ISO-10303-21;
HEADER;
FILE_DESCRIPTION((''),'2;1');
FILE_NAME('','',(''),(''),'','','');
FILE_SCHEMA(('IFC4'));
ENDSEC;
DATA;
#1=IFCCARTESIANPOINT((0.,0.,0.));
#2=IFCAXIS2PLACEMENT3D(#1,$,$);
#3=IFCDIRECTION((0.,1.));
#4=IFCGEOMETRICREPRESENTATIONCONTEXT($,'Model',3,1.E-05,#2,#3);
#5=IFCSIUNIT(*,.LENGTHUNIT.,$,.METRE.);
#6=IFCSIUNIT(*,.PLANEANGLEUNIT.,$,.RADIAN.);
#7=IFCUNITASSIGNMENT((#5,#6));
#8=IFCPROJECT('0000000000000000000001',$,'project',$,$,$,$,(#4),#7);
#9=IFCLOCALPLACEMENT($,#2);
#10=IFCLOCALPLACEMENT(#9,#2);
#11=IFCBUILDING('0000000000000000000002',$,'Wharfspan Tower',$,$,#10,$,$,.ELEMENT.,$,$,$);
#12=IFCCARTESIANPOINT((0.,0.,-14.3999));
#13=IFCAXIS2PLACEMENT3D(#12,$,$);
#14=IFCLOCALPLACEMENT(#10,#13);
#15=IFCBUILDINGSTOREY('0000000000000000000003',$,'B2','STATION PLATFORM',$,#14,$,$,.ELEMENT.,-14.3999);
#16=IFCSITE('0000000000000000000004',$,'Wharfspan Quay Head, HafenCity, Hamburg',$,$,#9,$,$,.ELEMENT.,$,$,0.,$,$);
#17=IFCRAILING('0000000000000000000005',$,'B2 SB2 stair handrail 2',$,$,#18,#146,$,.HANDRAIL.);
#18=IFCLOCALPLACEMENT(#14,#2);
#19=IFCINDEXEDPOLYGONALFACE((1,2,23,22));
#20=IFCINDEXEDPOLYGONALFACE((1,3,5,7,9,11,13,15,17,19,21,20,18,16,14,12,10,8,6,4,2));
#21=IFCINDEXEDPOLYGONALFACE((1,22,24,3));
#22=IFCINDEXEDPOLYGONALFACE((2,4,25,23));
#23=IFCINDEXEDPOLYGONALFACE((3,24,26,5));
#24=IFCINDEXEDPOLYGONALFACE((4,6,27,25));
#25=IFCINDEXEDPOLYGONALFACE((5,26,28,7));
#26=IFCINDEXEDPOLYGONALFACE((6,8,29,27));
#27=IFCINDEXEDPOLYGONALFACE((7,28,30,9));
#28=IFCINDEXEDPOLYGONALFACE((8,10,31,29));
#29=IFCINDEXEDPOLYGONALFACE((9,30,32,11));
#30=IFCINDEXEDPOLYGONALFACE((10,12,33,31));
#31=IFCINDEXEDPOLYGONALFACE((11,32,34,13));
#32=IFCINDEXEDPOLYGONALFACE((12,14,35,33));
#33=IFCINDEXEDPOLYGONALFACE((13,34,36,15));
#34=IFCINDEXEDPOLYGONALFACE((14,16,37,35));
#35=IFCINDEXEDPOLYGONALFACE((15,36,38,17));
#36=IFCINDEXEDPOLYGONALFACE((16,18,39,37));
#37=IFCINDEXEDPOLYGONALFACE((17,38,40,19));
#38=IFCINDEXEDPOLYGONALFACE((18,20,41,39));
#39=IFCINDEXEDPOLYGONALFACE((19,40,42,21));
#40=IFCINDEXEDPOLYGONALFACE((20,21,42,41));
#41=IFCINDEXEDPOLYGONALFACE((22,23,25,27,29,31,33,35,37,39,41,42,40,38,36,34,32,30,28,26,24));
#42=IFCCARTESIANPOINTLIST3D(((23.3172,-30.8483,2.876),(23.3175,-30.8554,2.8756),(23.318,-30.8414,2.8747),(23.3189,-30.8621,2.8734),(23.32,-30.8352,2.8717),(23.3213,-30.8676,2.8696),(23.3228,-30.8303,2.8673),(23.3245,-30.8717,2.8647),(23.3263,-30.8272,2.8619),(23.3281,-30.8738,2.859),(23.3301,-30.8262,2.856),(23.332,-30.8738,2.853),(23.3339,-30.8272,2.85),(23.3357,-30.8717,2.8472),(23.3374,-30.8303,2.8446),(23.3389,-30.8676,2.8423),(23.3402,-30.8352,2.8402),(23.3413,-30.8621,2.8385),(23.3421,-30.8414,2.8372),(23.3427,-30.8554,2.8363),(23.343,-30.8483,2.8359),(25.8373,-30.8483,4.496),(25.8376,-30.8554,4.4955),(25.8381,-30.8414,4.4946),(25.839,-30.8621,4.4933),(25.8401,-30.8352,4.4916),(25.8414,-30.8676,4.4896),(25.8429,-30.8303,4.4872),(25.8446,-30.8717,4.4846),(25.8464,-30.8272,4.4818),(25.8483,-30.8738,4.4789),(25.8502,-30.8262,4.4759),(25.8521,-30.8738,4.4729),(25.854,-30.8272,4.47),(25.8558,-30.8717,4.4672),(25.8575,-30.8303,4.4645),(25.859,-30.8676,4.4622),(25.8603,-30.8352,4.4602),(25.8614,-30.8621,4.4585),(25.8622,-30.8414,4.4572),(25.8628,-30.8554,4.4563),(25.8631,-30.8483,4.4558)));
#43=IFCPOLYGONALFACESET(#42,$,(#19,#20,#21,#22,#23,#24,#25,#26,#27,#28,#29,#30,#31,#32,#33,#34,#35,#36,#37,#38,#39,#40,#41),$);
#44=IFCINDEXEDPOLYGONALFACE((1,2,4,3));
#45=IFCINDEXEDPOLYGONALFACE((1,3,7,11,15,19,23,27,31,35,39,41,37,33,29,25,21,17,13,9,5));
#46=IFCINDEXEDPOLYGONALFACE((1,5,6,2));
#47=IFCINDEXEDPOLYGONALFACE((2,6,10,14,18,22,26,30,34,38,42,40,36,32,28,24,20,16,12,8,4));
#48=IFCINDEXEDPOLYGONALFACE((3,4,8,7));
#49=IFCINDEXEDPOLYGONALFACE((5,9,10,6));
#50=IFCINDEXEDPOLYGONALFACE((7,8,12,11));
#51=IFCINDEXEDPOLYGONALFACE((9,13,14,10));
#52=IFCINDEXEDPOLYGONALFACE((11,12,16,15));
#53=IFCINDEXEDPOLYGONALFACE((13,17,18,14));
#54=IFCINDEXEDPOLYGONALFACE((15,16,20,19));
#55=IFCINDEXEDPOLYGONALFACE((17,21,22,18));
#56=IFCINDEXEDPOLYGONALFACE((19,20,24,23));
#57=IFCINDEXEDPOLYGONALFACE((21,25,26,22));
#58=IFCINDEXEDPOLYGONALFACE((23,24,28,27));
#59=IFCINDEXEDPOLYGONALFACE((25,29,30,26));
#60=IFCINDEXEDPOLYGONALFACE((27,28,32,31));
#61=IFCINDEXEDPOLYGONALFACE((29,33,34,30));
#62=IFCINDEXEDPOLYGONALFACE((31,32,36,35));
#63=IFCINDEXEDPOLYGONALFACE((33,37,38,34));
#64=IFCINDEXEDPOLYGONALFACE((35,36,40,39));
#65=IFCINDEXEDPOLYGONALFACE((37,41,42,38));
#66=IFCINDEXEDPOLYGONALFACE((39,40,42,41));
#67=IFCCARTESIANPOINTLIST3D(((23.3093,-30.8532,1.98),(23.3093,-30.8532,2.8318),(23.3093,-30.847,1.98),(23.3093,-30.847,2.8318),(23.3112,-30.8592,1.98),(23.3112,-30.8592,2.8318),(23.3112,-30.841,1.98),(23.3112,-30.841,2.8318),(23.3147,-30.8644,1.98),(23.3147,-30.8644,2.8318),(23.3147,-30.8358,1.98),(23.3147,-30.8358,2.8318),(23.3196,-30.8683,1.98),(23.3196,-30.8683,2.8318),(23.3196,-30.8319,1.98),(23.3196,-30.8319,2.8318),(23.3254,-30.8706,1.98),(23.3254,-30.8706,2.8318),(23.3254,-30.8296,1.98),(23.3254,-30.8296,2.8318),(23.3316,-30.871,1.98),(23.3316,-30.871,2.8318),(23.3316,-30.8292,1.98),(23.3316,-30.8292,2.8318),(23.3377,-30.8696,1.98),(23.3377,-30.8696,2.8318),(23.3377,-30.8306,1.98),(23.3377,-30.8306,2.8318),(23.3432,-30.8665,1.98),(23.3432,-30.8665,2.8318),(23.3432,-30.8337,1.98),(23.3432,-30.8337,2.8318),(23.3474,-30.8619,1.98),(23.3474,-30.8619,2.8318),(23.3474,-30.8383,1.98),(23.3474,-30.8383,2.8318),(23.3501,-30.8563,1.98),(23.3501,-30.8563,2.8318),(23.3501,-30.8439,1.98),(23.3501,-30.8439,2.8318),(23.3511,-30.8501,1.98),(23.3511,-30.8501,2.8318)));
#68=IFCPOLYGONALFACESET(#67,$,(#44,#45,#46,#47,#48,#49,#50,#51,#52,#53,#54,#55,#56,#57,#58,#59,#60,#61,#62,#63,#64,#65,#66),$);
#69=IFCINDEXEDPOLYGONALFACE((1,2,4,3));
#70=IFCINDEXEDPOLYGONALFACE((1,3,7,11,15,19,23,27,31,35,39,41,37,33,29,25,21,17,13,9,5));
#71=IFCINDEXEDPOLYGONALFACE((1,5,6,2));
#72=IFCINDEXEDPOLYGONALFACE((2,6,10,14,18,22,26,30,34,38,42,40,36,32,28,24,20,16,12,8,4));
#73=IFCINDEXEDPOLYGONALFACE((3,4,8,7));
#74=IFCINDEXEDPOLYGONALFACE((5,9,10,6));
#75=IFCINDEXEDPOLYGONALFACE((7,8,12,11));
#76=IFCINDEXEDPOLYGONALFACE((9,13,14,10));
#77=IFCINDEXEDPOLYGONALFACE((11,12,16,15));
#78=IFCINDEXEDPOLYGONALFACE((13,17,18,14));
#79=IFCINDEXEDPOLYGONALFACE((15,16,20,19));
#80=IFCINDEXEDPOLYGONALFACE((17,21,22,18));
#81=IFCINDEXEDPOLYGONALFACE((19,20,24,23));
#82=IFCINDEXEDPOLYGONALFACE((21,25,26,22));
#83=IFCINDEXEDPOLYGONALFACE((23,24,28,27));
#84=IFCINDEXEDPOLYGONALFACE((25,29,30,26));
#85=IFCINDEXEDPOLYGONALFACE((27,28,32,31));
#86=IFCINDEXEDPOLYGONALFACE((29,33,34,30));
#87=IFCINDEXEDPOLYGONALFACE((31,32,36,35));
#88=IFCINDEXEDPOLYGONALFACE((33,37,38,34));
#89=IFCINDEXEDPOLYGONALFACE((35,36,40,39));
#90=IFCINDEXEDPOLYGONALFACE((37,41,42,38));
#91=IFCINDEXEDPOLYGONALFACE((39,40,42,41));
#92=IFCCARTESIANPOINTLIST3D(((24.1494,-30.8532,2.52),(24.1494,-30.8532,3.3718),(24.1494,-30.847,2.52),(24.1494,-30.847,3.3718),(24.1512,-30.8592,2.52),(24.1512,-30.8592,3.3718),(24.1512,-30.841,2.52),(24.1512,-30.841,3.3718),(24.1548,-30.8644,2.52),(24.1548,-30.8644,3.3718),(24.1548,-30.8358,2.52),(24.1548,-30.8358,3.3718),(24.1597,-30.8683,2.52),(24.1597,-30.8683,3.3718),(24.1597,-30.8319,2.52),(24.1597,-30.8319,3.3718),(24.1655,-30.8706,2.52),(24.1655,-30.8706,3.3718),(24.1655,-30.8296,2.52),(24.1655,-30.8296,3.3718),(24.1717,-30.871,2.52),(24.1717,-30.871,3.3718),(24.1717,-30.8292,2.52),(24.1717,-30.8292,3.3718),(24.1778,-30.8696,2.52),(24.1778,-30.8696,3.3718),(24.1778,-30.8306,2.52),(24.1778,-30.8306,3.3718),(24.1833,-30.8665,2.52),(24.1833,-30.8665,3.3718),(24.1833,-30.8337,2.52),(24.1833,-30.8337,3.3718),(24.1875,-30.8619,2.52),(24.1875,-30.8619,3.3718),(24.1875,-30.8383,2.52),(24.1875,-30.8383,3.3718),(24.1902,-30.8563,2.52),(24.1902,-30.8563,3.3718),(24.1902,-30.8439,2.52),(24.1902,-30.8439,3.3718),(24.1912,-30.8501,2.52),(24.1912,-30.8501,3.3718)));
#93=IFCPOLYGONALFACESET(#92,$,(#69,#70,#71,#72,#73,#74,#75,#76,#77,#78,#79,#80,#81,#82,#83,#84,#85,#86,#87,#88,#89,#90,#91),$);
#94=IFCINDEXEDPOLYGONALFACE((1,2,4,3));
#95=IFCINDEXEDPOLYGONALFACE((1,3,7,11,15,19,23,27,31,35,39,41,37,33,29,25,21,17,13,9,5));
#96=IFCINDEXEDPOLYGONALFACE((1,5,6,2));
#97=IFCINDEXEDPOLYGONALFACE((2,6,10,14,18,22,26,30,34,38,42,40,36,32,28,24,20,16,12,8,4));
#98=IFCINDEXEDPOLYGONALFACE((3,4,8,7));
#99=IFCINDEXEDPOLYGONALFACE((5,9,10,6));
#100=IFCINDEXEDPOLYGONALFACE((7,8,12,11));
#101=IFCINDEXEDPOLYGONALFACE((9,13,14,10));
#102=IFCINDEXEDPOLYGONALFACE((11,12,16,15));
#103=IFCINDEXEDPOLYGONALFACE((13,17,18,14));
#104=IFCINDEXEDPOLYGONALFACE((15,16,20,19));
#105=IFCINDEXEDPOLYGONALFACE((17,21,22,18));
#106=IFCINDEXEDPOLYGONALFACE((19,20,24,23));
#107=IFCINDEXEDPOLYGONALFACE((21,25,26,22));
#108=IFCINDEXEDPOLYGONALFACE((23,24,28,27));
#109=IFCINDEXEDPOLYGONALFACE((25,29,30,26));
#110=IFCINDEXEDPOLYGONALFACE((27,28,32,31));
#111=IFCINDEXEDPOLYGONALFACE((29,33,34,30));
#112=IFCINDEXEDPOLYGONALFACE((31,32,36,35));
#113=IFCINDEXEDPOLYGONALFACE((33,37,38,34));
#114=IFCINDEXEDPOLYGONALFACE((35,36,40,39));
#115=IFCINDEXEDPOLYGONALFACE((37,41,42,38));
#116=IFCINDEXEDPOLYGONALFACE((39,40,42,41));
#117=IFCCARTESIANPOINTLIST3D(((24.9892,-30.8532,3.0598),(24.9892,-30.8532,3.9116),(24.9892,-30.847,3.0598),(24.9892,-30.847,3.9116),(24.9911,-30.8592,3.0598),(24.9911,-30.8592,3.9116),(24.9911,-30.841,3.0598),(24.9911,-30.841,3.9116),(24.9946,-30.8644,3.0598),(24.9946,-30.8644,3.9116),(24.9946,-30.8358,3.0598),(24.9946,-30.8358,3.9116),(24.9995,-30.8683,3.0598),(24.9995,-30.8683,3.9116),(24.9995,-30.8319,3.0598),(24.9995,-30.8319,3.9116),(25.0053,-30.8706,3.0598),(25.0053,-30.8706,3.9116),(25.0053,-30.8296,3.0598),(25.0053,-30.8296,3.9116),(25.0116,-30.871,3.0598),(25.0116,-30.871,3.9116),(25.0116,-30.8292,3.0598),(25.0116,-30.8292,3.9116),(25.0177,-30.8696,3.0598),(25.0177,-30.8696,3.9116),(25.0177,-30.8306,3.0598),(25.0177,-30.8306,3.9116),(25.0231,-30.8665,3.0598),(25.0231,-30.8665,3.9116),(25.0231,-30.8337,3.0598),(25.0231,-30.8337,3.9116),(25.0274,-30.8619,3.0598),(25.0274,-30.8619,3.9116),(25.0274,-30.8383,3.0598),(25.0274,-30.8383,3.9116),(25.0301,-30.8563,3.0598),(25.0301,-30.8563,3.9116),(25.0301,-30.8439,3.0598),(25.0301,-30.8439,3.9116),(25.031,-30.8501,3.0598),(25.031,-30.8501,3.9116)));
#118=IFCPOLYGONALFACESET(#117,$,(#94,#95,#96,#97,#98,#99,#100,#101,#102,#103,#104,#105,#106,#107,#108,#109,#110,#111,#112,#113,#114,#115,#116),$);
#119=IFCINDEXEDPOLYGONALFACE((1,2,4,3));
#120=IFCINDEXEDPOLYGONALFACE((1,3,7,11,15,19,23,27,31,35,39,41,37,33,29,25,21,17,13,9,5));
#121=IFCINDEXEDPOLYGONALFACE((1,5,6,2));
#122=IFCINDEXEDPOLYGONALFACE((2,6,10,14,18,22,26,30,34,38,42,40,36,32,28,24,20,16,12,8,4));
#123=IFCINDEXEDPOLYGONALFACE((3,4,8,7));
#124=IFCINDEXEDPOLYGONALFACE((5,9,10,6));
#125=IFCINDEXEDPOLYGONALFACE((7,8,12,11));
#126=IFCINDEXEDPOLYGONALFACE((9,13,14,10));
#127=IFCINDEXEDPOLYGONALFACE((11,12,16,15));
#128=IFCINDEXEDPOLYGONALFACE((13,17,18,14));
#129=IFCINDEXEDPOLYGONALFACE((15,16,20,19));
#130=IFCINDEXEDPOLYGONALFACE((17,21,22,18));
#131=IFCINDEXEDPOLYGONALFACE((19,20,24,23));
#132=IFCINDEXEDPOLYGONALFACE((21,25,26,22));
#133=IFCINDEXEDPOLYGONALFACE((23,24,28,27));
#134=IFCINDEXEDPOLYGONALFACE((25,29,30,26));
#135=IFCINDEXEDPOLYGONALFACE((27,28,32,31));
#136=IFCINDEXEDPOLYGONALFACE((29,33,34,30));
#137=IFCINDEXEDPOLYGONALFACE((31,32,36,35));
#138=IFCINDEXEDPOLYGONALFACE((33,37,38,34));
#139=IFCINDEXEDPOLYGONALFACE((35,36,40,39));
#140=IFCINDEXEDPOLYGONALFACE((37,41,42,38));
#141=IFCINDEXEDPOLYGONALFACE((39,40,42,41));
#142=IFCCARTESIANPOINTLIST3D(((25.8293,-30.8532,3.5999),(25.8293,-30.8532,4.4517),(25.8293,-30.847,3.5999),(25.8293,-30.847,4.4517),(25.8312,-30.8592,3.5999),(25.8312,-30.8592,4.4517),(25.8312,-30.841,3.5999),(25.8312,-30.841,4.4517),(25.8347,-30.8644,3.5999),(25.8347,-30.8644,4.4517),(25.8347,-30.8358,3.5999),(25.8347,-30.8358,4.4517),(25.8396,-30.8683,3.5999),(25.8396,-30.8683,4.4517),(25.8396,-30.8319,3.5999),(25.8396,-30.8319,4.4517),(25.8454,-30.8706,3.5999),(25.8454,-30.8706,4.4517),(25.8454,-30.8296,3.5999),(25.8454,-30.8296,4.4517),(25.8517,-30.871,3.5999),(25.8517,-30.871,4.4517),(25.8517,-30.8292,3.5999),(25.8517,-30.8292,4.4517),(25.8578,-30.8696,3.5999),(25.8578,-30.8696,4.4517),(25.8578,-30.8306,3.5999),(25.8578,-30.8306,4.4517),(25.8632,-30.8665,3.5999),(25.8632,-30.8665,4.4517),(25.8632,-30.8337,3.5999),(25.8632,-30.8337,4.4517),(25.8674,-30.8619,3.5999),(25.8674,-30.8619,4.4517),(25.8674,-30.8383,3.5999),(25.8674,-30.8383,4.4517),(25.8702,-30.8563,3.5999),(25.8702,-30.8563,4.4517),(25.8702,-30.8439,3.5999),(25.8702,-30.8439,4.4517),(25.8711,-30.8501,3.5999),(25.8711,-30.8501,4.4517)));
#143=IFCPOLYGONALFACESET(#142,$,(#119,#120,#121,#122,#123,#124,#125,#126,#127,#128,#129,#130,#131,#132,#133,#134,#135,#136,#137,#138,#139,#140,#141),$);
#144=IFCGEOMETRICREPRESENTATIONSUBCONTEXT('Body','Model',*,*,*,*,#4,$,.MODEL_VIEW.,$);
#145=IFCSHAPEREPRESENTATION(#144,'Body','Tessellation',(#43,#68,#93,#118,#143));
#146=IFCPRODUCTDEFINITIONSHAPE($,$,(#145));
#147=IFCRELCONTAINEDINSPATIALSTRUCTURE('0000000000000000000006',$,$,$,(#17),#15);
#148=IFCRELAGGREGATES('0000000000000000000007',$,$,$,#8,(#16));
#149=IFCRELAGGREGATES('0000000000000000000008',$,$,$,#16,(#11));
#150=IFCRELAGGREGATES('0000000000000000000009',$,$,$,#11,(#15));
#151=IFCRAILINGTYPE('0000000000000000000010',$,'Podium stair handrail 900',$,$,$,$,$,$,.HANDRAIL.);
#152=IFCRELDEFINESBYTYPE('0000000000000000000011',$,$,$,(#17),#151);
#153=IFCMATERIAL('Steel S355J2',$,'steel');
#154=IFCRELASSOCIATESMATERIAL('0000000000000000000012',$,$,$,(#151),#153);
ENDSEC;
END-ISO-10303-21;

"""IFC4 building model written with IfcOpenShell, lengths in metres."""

from ifc_helpers import new_model, si_unit, direction, frame, origin, origin_2d, place, context, subcontext, project, spatial, circle, extrude, material, type_object, element, save


model = new_model("IFC4")

# Units and contexts
model_context = context("Model", 3, precision=1e-05, world=origin(), true_north=direction((0.0, 1.0)))
body_context = subcontext(model_context, "Body", "Model", "MODEL_VIEW")
ifc_project = project(units=[si_unit("LENGTHUNIT", "METRE"), si_unit("PLANEANGLEUNIT", "RADIAN")], contexts=[model_context])

# Site, building, storey
site_placement = place(None, origin())
site = spatial("IfcSite", under=ifc_project, at=site_placement, Name="Wharfspan Quay Head, HafenCity, Hamburg", CompositionType="ELEMENT", RefElevation=0.0)
building_placement = place(site_placement, origin())
building = spatial("IfcBuilding", under=site, at=building_placement, Name="Wharfspan Tower", CompositionType="ELEMENT")
storey_placement = place(building_placement, frame((0.0, 0.0, -14.3999)))
storey = spatial("IfcBuildingStorey", under=building, at=storey_placement, Name="B2", Description="STATION PLATFORM", CompositionType="ELEMENT", Elevation=-14.3999)

# Railing
ifc_material_1 = material(Name="Steel S355J2", Category="steel")
railing_type_1 = type_object("IfcRailingType", Name="Podium stair handrail 900", PredefinedType="HANDRAIL", material=ifc_material_1)
railing_1_placement = place(storey_placement, frame((23.3301, -30.8501, 1.98)))
element("IfcRailing", 1, at=railing_1_placement, inside=storey, type_object=railing_type_1, Name="B2 SB2 stair handrail 2", PredefinedType="HANDRAIL", context=body_context, shape_type="SweptSolid", body=[
    extrude(circle(Radius=0.0239, at=origin_2d()), frame((0.0, 0.0, 0.876), z_axis=(0.8412, 0.0, 0.540725), x_axis=(0.0, 1.0, 0.0)), (0.0, 0.0, 1.0), 2.9958),
    extrude(circle(Radius=0.021, at=origin_2d()), origin(), (0.0, 0.0, 1.0), 0.8518),
    extrude(circle(Radius=0.021, at=origin_2d()), frame((0.8401, 0.0, 0.54)), (0.0, 0.0, 1.0), 0.8518),
    extrude(circle(Radius=0.021, at=origin_2d()), frame((1.6799, 0.0, 1.0798)), (0.0, 0.0, 1.0), 0.8518),
    extrude(circle(Radius=0.021, at=origin_2d()), frame((2.52, 0.0, 1.6199)), (0.0, 0.0, 1.0), 0.8518),
])

save(model, "model.ifc")
